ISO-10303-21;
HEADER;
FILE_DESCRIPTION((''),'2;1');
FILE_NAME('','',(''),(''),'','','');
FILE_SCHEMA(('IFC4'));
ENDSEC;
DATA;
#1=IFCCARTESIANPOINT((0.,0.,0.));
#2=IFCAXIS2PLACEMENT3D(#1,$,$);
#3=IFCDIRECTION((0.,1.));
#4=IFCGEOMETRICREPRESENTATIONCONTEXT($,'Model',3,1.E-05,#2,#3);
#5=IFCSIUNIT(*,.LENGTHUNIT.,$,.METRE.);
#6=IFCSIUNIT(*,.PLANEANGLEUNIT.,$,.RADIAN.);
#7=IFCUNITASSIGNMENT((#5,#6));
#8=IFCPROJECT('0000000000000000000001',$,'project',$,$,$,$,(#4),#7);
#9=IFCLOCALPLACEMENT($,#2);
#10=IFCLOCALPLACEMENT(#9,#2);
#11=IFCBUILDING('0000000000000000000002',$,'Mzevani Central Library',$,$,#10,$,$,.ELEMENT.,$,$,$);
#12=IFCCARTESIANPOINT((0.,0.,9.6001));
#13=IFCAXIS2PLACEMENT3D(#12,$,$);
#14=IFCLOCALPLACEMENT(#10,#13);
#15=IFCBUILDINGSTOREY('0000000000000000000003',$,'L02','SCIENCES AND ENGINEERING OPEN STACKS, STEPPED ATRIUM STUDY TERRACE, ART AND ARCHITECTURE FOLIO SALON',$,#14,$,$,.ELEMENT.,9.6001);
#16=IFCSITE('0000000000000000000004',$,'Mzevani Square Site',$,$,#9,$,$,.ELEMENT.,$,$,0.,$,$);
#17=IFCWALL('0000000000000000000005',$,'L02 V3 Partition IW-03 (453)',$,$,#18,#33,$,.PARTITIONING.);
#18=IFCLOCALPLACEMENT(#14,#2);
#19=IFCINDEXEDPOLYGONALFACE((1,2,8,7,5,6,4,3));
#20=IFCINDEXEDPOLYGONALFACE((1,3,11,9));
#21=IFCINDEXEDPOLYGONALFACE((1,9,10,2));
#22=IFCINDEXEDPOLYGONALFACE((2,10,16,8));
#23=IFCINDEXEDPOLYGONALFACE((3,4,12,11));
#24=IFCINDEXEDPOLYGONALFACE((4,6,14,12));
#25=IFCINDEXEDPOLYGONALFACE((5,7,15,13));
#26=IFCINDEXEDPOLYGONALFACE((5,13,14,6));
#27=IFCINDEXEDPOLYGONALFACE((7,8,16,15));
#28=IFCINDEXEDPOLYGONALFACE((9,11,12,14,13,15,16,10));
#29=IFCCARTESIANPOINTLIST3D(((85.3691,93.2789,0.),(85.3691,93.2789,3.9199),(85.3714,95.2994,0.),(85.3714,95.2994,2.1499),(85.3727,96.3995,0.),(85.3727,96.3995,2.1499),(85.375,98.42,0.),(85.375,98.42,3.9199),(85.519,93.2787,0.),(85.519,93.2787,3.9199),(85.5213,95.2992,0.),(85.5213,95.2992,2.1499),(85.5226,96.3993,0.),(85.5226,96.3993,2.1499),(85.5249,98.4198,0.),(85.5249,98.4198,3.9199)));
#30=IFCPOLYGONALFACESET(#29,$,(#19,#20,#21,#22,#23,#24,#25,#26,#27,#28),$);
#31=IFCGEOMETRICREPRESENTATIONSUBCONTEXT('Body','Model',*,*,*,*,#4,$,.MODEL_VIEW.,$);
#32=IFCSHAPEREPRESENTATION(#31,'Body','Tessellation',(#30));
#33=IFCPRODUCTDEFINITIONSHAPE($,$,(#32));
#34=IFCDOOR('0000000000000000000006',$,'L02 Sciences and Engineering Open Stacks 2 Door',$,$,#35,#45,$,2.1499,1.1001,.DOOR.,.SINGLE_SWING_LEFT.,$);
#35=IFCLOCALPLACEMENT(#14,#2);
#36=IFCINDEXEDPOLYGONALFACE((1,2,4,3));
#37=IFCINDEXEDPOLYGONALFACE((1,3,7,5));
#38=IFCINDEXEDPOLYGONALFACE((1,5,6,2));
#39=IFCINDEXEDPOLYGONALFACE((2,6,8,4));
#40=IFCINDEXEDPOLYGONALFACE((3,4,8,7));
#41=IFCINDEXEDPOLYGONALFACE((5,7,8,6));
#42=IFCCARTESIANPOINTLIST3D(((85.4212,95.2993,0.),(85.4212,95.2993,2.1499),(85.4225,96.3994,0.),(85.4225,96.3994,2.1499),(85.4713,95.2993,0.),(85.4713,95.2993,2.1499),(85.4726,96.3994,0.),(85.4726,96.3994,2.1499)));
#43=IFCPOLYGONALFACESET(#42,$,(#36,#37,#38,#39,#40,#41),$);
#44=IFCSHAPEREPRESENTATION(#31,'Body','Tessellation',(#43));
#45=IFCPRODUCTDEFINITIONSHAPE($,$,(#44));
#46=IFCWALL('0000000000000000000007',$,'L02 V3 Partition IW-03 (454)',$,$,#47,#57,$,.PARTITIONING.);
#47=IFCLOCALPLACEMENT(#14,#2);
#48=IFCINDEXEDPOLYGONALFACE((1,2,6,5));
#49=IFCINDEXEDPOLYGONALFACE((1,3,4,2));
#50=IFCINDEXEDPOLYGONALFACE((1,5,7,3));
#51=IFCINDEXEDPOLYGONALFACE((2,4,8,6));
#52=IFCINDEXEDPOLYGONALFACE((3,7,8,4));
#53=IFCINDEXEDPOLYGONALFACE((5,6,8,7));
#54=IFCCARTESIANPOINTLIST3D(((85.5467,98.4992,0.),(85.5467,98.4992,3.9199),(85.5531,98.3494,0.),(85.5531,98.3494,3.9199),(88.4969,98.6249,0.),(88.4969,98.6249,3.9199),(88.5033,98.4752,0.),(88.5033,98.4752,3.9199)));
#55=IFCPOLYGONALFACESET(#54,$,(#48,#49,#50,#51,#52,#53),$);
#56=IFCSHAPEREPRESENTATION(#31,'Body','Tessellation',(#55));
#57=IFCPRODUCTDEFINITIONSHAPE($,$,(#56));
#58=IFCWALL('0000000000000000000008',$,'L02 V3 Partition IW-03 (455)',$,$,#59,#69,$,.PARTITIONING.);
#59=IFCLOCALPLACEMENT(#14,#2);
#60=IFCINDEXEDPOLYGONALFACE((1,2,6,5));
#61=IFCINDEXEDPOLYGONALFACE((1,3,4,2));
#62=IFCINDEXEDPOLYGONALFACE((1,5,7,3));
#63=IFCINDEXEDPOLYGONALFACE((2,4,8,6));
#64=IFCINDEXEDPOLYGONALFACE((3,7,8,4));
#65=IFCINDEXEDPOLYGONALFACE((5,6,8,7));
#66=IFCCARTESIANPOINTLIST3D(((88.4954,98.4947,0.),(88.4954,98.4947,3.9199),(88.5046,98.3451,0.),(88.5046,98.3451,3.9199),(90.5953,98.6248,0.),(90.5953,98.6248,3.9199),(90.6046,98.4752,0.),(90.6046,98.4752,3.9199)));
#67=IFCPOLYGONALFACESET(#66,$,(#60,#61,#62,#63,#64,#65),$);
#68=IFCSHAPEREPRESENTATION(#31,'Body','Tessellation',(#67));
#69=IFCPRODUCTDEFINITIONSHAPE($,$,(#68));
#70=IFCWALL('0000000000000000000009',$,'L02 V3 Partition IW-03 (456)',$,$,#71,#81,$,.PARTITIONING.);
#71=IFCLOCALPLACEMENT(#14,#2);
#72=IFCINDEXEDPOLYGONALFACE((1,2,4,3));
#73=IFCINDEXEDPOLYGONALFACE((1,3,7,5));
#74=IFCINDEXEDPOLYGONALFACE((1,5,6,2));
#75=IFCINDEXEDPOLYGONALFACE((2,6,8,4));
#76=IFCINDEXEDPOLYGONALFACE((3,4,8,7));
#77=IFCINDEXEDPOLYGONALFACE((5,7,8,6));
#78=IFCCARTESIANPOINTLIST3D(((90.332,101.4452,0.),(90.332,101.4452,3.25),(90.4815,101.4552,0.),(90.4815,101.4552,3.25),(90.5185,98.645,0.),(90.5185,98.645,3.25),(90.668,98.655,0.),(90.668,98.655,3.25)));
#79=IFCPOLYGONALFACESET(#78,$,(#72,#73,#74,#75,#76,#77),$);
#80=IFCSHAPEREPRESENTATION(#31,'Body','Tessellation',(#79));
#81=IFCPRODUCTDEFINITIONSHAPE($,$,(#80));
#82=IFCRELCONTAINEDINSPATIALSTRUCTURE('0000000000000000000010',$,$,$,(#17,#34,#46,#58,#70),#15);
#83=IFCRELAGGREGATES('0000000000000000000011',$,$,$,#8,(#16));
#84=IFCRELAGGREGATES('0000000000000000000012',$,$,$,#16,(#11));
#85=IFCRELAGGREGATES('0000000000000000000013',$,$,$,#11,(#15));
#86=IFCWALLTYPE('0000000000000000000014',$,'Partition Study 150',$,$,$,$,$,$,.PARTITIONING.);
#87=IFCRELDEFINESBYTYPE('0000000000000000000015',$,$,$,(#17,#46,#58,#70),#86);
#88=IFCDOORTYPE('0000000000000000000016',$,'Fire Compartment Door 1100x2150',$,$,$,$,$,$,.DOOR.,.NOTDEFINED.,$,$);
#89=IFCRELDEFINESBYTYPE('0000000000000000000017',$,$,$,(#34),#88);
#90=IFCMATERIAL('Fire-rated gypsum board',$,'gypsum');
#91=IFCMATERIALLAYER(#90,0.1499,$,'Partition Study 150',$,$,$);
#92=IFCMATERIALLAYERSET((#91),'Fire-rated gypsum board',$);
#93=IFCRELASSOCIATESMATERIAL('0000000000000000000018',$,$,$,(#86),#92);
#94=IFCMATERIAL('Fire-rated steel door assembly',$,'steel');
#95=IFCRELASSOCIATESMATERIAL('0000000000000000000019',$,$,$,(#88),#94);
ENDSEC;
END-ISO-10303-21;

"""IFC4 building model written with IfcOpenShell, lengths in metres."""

from ifc_helpers import new_model, si_unit, direction, frame, frame_2d, origin, place, context, subcontext, project, spatial, rectangle, extrude, material, layer, layer_set, type_object, element, fill, save


model = new_model("IFC4")

# Units and contexts
model_context = context("Model", 3, precision=1e-05, world=origin(), true_north=direction((0.0, 1.0)))
body_context = subcontext(model_context, "Body", "Model", "MODEL_VIEW")
ifc_project = project(units=[si_unit("LENGTHUNIT", "METRE"), si_unit("PLANEANGLEUNIT", "RADIAN")], contexts=[model_context])

# Site, building, storey
site_placement = place(None, origin())
site = spatial("IfcSite", under=ifc_project, at=site_placement, Name="Mzevani Square Site", CompositionType="ELEMENT", RefElevation=0.0)
building_placement = place(site_placement, origin())
building = spatial("IfcBuilding", under=site, at=building_placement, Name="Mzevani Central Library", CompositionType="ELEMENT")
storey_placement = place(building_placement, frame((0.0, 0.0, 9.6001)))
storey = spatial("IfcBuildingStorey", under=building, at=storey_placement, Name="L02", Description="SCIENCES AND ENGINEERING OPEN STACKS, STEPPED ATRIUM STUDY TERRACE, ART AND ARCHITECTURE FOLIO SALON", CompositionType="ELEMENT", Elevation=9.6001)

# Shared definitions
ifc_material_1 = material(Name="Fire-rated steel door assembly", Category="steel")

# Shared definitions
ifc_material_2 = material(Name="Fire-rated gypsum board", Category="gypsum")
ifc_layer_1 = layer(ifc_material_2, 0.1499, Name="Partition Study 150")
ifc_layer_set_1 = layer_set([ifc_layer_1], Name="Fire-rated gypsum board")
wall_type_1 = type_object("IfcWallType", Name="Partition Study 150", PredefinedType="PARTITIONING", material=ifc_layer_set_1)

# Wall, opening, door
wall_1_placement = place(storey_placement, frame((85.45, 98.4199, 0.0), z_axis=(0.0, 0.0, 1.0), x_axis=(-0.00114, -0.999999, 0.0)))
wall_1 = element("IfcWall", 1, at=wall_1_placement, inside=storey, type_object=wall_type_1, Name="L02 V3 Partition IW-03 (453)", PredefinedType="PARTITIONING", context=body_context, shape_type="SweptSolid", body=[
    extrude(rectangle(XDim=5.1411, YDim=0.1499, at=frame_2d((2.5706, 0.0))), origin(), (0.0, 0.0, 1.0), 3.9199),
])
opening_1_placement = place(wall_1_placement, frame((2.0205, 0.0, 0.0)))
opening_1 = element("IfcOpeningElement", 2, at=opening_1_placement, cuts=wall_1, PredefinedType="OPENING", context=body_context, shape_type="SweptSolid", body=[
    extrude(rectangle(XDim=1.1001, YDim=2.1499, at=frame_2d((0.55, 1.075))), frame((0.0, 0.085, 0.0), z_axis=(0.0, -1.0, 0.0), x_axis=(1.0, 0.0, 0.0)), (0.0, 0.0, 1.0), 0.1699),
])
door_type_1 = type_object("IfcDoorType", Name="Fire Compartment Door 1100x2150", OperationType="NOTDEFINED", PredefinedType="DOOR", material=ifc_material_1)
door_1_placement = place(opening_1_placement, origin())
door_1 = element("IfcDoor", 3, at=door_1_placement, inside=storey, type_object=door_type_1, Name="L02 Sciences and Engineering Open Stacks 2 Door", OperationType="SINGLE_SWING_LEFT", OverallHeight=2.1499, OverallWidth=1.1001, PredefinedType="DOOR", context=body_context, shape_type="SweptSolid", body=[
    extrude(rectangle(XDim=1.1001, YDim=2.1499, at=frame_2d((0.55, 1.075))), frame((0.0, 0.0249, 0.0), z_axis=(0.0, -1.0, 0.0), x_axis=(1.0, 0.0, 0.0)), (0.0, 0.0, 1.0), 0.05),
])
fill(opening_1, door_1)

# Walls
wall_2_placement = place(storey_placement, frame((85.5498, 98.4243, 0.0), z_axis=(0.0, 0.0, 1.0), x_axis=(0.999093, 0.04258, 0.0)))
element("IfcWall", 4, at=wall_2_placement, inside=storey, type_object=wall_type_1, Name="L02 V3 Partition IW-03 (454)", PredefinedType="PARTITIONING", context=body_context, shape_type="SweptSolid", body=[
    extrude(rectangle(XDim=2.9529, YDim=0.1499, at=frame_2d((1.4766, 0.0))), origin(), (0.0, 0.0, 1.0), 3.9199),
])
wall_3_placement = place(storey_placement, frame((88.5, 98.4199, 0.0), z_axis=(0.0, 0.0, 1.0), x_axis=(0.998086, 0.061844, 0.0)))
element("IfcWall", 5, at=wall_3_placement, inside=storey, type_object=wall_type_1, Name="L02 V3 Partition IW-03 (455)", PredefinedType="PARTITIONING", context=body_context, shape_type="SweptSolid", body=[
    extrude(rectangle(XDim=2.104, YDim=0.1499, at=frame_2d((1.052, 0.0))), origin(), (0.0, 0.0, 1.0), 3.9199),
])
wall_4_placement = place(storey_placement, frame((90.5933, 98.6499, 0.0), z_axis=(0.0, 0.0, 1.0), x_axis=(-0.066461, 0.997789, 0.0)))
element("IfcWall", 6, at=wall_4_placement, inside=storey, type_object=wall_type_1, Name="L02 V3 Partition IW-03 (456)", PredefinedType="PARTITIONING", context=body_context, shape_type="SweptSolid", body=[
    extrude(rectangle(XDim=2.8064, YDim=0.1499, at=frame_2d((1.4033, 0.0))), origin(), (0.0, 0.0, 1.0), 3.25),
])

save(model, "model.ifc")
